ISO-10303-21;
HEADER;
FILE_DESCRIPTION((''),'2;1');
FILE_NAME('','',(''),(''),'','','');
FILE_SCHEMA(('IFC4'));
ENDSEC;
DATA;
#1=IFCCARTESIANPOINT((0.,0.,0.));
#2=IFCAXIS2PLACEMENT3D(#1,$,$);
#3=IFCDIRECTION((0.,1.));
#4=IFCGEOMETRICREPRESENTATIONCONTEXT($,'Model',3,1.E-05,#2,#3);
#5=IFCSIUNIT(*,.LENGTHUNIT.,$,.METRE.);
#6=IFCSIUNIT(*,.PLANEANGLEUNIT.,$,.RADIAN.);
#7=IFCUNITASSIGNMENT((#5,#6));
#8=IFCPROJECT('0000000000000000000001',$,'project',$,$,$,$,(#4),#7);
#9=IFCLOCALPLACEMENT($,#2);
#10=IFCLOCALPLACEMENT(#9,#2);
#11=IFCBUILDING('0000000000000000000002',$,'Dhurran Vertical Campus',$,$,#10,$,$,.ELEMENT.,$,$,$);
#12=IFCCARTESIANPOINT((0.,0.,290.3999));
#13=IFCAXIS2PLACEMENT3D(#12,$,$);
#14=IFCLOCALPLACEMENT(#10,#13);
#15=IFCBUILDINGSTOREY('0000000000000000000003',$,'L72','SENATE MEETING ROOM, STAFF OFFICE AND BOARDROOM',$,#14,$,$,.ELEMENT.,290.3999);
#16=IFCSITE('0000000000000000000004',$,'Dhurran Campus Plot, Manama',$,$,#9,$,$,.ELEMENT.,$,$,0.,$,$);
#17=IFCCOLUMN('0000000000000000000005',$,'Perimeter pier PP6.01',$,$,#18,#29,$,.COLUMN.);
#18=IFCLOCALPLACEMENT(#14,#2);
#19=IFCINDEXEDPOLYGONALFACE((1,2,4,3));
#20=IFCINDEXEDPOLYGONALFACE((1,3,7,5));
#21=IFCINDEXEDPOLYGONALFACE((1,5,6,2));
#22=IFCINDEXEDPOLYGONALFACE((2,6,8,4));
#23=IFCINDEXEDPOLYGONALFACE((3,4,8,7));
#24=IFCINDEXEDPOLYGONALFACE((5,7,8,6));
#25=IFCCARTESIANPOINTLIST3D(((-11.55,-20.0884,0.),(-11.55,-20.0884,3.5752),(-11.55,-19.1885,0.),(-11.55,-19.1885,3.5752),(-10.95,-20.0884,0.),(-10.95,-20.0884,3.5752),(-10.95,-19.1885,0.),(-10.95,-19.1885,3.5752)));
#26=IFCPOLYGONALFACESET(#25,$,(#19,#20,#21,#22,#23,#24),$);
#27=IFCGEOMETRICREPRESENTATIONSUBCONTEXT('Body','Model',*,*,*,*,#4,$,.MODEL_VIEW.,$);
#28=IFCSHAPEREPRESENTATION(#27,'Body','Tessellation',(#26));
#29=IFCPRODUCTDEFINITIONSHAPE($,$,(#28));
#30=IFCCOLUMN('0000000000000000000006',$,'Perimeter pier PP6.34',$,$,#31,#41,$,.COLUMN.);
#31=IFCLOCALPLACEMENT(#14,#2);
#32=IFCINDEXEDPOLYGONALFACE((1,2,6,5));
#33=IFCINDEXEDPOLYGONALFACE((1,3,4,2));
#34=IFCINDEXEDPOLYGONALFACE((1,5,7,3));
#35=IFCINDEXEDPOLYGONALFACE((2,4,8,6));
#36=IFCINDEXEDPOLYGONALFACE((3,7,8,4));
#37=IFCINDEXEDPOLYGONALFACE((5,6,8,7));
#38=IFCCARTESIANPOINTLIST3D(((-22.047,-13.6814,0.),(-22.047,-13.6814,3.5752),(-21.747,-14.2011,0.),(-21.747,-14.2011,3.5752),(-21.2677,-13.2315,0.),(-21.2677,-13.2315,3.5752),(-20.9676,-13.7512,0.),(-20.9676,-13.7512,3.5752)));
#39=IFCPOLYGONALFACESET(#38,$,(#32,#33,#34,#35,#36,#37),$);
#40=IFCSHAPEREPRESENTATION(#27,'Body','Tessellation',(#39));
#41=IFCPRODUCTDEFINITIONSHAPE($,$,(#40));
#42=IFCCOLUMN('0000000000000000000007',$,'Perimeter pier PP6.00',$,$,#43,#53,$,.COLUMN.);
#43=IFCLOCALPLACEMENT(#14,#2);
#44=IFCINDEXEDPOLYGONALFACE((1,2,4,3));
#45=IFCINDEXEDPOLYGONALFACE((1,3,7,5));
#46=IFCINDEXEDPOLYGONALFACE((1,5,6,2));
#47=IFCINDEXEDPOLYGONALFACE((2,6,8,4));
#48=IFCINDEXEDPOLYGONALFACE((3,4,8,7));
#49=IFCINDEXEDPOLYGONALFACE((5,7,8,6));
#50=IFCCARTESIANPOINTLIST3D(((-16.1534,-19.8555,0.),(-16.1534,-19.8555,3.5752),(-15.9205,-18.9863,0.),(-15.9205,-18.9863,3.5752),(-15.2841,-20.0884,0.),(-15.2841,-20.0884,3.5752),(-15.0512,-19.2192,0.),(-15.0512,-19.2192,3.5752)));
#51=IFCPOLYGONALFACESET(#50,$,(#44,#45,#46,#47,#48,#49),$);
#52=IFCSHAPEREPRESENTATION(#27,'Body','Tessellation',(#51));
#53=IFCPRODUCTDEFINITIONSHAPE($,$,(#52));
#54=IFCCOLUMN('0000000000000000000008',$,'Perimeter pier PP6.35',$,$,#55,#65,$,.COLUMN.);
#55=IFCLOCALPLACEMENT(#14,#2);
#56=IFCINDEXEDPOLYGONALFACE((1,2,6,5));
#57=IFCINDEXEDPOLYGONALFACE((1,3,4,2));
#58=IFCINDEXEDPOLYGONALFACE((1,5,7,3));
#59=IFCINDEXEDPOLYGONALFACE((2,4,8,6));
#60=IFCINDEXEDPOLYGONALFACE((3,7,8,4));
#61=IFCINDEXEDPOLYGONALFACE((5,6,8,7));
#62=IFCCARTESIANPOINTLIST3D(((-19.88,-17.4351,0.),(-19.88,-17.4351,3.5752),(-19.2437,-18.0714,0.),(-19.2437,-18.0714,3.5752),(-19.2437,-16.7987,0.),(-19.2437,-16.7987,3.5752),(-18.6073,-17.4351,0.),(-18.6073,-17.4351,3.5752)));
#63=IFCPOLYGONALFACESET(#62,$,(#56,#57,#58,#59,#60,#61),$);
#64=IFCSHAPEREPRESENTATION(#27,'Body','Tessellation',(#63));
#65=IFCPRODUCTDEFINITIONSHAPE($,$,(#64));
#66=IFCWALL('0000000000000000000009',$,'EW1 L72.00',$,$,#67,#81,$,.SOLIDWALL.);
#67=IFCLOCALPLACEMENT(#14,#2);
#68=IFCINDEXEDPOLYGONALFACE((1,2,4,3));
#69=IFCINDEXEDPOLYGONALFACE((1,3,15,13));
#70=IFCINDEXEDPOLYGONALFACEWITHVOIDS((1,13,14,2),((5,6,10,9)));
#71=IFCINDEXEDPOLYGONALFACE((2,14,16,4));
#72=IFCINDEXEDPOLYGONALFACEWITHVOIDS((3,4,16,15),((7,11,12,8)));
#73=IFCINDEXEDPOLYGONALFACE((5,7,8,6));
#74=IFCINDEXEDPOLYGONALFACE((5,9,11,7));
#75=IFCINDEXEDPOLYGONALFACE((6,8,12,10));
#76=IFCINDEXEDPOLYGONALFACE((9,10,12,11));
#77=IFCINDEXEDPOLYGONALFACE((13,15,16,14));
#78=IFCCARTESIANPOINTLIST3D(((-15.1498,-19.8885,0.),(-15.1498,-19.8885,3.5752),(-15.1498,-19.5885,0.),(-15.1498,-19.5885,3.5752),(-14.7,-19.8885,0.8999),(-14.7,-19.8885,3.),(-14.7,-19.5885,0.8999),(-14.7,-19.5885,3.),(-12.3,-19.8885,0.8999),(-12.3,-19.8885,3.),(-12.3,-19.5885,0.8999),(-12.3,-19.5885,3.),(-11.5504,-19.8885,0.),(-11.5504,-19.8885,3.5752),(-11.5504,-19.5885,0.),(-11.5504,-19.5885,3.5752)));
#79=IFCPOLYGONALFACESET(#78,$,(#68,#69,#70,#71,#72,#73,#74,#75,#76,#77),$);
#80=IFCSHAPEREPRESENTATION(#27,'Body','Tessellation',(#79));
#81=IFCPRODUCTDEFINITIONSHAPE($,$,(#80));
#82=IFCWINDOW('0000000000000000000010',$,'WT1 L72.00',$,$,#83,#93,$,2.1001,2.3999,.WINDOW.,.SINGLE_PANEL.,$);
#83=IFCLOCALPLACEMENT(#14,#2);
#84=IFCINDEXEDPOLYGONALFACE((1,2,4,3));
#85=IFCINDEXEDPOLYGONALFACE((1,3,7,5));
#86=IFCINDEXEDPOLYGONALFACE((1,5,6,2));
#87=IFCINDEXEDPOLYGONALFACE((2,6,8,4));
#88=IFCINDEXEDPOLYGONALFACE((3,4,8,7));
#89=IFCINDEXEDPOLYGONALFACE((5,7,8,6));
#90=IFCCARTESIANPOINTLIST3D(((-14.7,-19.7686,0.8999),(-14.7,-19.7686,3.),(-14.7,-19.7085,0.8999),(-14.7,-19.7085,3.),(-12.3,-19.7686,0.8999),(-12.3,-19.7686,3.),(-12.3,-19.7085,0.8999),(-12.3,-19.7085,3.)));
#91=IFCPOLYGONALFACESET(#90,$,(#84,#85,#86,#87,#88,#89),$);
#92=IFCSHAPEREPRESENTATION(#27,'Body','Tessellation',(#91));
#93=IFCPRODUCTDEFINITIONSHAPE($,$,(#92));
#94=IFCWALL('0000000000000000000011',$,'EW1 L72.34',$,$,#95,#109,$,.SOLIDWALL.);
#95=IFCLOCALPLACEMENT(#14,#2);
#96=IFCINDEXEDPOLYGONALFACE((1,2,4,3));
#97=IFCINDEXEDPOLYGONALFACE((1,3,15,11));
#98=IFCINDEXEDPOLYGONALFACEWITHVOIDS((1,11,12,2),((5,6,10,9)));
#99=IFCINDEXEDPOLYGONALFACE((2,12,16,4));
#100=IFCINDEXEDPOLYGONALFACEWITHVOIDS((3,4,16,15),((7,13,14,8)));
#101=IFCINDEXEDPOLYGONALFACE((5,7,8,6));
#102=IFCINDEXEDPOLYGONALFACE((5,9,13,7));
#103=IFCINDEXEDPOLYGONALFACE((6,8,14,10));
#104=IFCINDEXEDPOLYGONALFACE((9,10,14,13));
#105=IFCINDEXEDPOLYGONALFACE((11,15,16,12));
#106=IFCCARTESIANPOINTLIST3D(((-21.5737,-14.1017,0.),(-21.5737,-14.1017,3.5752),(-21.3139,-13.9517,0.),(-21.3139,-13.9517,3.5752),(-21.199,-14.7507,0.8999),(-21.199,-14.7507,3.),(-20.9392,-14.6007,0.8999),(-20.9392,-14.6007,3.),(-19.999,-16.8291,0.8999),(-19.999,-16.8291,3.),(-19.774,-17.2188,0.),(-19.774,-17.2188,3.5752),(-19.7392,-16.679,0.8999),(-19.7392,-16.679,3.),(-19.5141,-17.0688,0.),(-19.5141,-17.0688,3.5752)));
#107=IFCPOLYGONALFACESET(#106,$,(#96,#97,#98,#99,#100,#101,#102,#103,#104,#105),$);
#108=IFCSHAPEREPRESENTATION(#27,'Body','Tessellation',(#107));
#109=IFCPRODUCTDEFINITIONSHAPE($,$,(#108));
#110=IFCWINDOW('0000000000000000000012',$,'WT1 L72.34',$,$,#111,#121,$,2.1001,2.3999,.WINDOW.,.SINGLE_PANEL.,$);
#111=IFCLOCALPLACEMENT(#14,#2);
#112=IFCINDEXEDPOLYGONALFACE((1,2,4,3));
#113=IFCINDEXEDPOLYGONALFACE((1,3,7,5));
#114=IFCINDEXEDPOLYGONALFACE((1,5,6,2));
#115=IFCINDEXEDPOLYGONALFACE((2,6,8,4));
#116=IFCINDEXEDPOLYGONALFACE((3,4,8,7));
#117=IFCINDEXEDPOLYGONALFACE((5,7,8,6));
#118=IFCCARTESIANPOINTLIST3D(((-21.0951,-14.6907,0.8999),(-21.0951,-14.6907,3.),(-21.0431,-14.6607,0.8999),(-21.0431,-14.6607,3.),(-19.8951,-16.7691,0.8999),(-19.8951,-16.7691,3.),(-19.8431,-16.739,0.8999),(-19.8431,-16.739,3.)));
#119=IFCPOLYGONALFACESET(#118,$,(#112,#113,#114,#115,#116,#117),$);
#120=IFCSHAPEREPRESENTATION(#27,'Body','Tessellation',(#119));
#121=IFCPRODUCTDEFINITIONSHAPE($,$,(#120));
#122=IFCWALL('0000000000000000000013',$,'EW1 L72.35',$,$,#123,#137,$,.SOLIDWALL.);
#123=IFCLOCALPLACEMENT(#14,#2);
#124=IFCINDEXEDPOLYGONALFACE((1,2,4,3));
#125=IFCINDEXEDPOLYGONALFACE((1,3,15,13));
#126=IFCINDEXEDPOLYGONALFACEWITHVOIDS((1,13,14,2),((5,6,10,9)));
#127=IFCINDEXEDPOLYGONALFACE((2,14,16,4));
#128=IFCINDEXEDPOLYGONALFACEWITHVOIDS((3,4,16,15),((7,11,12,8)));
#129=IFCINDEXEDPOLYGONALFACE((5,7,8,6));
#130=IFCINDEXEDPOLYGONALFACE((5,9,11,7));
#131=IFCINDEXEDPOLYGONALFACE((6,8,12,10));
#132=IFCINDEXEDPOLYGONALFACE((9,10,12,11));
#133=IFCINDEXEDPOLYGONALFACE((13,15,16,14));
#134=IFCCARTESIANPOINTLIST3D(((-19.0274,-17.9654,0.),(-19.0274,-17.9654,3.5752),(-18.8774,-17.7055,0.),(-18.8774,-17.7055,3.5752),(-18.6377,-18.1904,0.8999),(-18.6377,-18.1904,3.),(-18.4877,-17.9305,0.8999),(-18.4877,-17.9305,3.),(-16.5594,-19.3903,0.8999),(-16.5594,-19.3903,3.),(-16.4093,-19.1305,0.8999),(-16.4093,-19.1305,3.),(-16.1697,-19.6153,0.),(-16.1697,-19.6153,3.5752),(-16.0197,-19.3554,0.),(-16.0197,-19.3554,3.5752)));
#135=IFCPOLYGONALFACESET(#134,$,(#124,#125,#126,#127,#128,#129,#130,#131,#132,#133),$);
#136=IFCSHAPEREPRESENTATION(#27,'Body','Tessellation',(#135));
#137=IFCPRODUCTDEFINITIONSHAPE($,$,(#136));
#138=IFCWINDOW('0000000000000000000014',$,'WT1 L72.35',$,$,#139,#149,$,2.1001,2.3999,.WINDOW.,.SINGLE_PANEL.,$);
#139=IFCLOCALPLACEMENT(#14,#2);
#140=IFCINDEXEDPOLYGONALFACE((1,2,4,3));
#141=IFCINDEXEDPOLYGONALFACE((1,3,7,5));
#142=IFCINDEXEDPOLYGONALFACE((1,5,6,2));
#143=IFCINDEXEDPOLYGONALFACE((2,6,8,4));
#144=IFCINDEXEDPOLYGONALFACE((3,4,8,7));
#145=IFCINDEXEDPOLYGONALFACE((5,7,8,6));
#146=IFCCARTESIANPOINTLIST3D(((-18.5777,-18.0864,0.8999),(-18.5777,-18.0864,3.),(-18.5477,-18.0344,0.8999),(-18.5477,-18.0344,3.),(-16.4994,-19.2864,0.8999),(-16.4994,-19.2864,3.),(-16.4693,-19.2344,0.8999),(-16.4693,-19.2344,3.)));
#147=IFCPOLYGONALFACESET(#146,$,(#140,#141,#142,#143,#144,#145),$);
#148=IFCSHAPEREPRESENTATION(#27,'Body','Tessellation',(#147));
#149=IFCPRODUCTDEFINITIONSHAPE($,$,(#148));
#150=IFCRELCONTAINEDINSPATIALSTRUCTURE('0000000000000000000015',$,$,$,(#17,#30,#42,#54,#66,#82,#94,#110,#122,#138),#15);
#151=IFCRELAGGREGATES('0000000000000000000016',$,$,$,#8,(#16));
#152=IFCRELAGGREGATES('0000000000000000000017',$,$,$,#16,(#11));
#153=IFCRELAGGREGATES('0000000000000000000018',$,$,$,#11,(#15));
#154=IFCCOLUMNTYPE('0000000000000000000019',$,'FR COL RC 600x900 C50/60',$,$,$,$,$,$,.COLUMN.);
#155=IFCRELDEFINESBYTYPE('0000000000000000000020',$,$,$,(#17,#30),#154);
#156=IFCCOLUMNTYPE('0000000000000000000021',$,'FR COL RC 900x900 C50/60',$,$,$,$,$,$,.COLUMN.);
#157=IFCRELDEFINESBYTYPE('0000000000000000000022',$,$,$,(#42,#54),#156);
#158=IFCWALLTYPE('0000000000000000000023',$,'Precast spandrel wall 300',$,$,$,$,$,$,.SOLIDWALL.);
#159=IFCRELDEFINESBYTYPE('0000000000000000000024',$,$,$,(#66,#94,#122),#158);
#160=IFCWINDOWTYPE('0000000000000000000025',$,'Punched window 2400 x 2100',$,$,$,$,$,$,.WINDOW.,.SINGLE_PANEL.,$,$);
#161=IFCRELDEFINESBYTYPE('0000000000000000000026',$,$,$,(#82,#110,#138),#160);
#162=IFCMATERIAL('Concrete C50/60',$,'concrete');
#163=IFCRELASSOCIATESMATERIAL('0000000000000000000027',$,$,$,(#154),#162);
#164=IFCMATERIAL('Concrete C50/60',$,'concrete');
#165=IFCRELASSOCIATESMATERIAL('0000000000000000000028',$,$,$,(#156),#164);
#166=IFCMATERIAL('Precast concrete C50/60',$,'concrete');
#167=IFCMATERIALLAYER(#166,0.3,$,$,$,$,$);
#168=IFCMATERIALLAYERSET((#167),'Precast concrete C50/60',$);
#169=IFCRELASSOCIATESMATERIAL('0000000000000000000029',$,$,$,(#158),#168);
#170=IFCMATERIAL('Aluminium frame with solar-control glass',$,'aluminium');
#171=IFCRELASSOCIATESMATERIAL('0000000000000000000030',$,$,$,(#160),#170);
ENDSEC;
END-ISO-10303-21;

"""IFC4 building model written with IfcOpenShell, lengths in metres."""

from ifc_helpers import new_model, si_unit, direction, frame, frame_2d, origin, origin_2d, place, context, subcontext, project, spatial, rectangle, extrude, material, layer, layer_set, material_profile, profile_set, type_object, element, fill, save


model = new_model("IFC4")

# Units and contexts
model_context = context("Model", 3, precision=1e-05, world=origin(), true_north=direction((0.0, 1.0)))
body_context = subcontext(model_context, "Body", "Model", "MODEL_VIEW")
ifc_project = project(units=[si_unit("LENGTHUNIT", "METRE"), si_unit("PLANEANGLEUNIT", "RADIAN")], contexts=[model_context])

# Site, building, storey
site_placement = place(None, origin())
site = spatial("IfcSite", under=ifc_project, at=site_placement, Name="Dhurran Campus Plot, Manama", CompositionType="ELEMENT", RefElevation=0.0)
building_placement = place(site_placement, origin())
building = spatial("IfcBuilding", under=site, at=building_placement, Name="Dhurran Vertical Campus", CompositionType="ELEMENT")
storey_placement = place(building_placement, frame((0.0, 0.0, 290.3999)))
storey = spatial("IfcBuildingStorey", under=building, at=storey_placement, Name="L72", Description="SENATE MEETING ROOM, STAFF OFFICE AND BOARDROOM", CompositionType="ELEMENT", Elevation=290.3999)

# Columns
ifc_material_1 = material(Name="Concrete C50/60", Category="concrete")
ifc_material_profile_1 = material_profile(ifc_material_1, rectangle(XDim=0.6001, YDim=0.8999, at=origin_2d()), Name="RC 600x900")
ifc_profile_set_1 = profile_set([ifc_material_profile_1], Name="Concrete C50/60")
column_type_1 = type_object("IfcColumnType", Name="FR COL RC 600x900 C50/60", PredefinedType="COLUMN", material=ifc_profile_set_1)
for number, where, z_axis, x_axis, name in (
    (1, (-11.25, -19.6384, 0.0), (0.0, 0.0, 1.0), (1.0, 0.0, 0.0), "Perimeter pier PP6.01"),
    (2, (-21.5073, -13.7163, 0.0), (0.0, 0.0, 1.0), (0.5, -0.866025, 0.0), "Perimeter pier PP6.34"),
):
    element("IfcColumn", number, at=place(storey_placement, frame(where, z_axis=z_axis, x_axis=x_axis)), inside=storey, type_object=column_type_1, Name=name, PredefinedType="COLUMN", context=body_context, shape_type="SweptSolid", body=[
        extrude(rectangle(XDim=0.6001, YDim=0.8999, at=origin_2d()), origin(), (0.0, 0.0, 1.0), 3.5752),
    ])
ifc_material_2 = material(Name="Concrete C50/60", Category="concrete")
ifc_material_profile_2 = material_profile(ifc_material_2, rectangle(XDim=0.8999, YDim=0.8999, at=origin_2d()), Name="RC 900x900")
ifc_profile_set_2 = profile_set([ifc_material_profile_2], Name="Concrete C50/60")
column_type_2 = type_object("IfcColumnType", Name="FR COL RC 900x900 C50/60", PredefinedType="COLUMN", material=ifc_profile_set_2)
for number, where, z_axis, x_axis, name in (
    (3, (-15.6023, -19.5374, 0.0), (0.0, 0.0, 1.0), (0.965926, -0.258819, 0.0), "Perimeter pier PP6.00"),
    (4, (-19.2437, -17.4351, 0.0), (0.0, 0.0, 1.0), (0.707107, -0.707107, 0.0), "Perimeter pier PP6.35"),
):
    element("IfcColumn", number, at=place(storey_placement, frame(where, z_axis=z_axis, x_axis=x_axis)), inside=storey, type_object=column_type_2, Name=name, PredefinedType="COLUMN", context=body_context, shape_type="SweptSolid", body=[
        extrude(rectangle(XDim=0.8999, YDim=0.8999, at=origin_2d()), origin(), (0.0, 0.0, 1.0), 3.5752),
    ])

# Walls, openings, windows
ifc_material_3 = material(Name="Precast concrete C50/60", Category="concrete")
ifc_layer_1 = layer(ifc_material_3, 0.3)
ifc_layer_set_1 = layer_set([ifc_layer_1], Name="Precast concrete C50/60")
wall_type_1 = type_object("IfcWallType", Name="Precast spandrel wall 300", PredefinedType="SOLIDWALL", material=ifc_layer_set_1)
wall_1_placement = place(storey_placement, frame((-15.1499, -19.7385, 0.0), z_axis=(0.0, 0.0, 1.0), x_axis=(1.0, 0.0, 0.0)))
wall_1 = element("IfcWall", 5, at=wall_1_placement, inside=storey, type_object=wall_type_1, Name="EW1 L72.00", PredefinedType="SOLIDWALL", context=body_context, shape_type="SweptSolid", body=[
    extrude(rectangle(XDim=3.5994, YDim=0.3, at=frame_2d((1.7998, 0.0))), origin(), (0.0, 0.0, 1.0), 3.5752),
])
opening_1_placement = place(wall_1_placement, frame((0.45, 0.0, 0.8999)))
opening_1 = element("IfcOpeningElement", 6, at=opening_1_placement, cuts=wall_1, PredefinedType="OPENING", context=body_context, shape_type="SweptSolid", body=[
    extrude(rectangle(XDim=2.3999, YDim=2.1001, at=frame_2d((1.2, 1.05))), frame((0.0, 0.1599, 0.0), z_axis=(0.0, -1.0, 0.0), x_axis=(1.0, 0.0, 0.0)), (0.0, 0.0, 1.0), 0.3201),
])
ifc_material_4 = material(Name="Aluminium frame with solar-control glass", Category="aluminium")
window_type = type_object("IfcWindowType", Name="Punched window 2400 x 2100", PartitioningType="SINGLE_PANEL", PredefinedType="WINDOW", material=ifc_material_4)
window_1_placement = place(opening_1_placement, origin())
window_1 = element("IfcWindow", 7, at=window_1_placement, inside=storey, type_object=window_type, Name="WT1 L72.00", OverallHeight=2.1001, OverallWidth=2.3999, PartitioningType="SINGLE_PANEL", PredefinedType="WINDOW", context=body_context, shape_type="SweptSolid", body=[
    extrude(rectangle(XDim=2.3999, YDim=2.1001, at=frame_2d((1.2, 1.05))), frame((0.0, 0.03, 0.0), z_axis=(0.0, -1.0, 0.0), x_axis=(1.0, 0.0, 0.0)), (0.0, 0.0, 1.0), 0.0601),
])
fill(opening_1, window_1)
wall_2_placement = place(storey_placement, frame((-21.4438, -14.0266, 0.0), z_axis=(0.0, 0.0, 1.0), x_axis=(0.50002, -0.866014, 0.0)))
wall_2 = element("IfcWall", 8, at=wall_2_placement, inside=storey, type_object=wall_type_1, Name="EW1 L72.34", PredefinedType="SOLIDWALL", context=body_context, shape_type="SweptSolid", body=[
    extrude(rectangle(XDim=3.5994, YDim=0.3, at=frame_2d((1.7998, 0.0))), origin(), (0.0, 0.0, 1.0), 3.5752),
])
opening_2_placement = place(wall_2_placement, frame((0.7495, 0.0, 0.8999)))
opening_2 = element("IfcOpeningElement", 9, at=opening_2_placement, cuts=wall_2, PredefinedType="OPENING", context=body_context, shape_type="SweptSolid", body=[
    extrude(rectangle(XDim=2.3999, YDim=2.1001, at=frame_2d((1.2, 1.05))), frame((0.0, 0.1599, 0.0), z_axis=(0.0, -1.0, 0.0), x_axis=(1.0, 0.0, 0.0)), (0.0, 0.0, 1.0), 0.3201),
])
window_2_placement = place(opening_2_placement, origin())
window_2 = element("IfcWindow", 10, at=window_2_placement, inside=storey, type_object=window_type, Name="WT1 L72.34", OverallHeight=2.1001, OverallWidth=2.3999, PartitioningType="SINGLE_PANEL", PredefinedType="WINDOW", context=body_context, shape_type="SweptSolid", body=[
    extrude(rectangle(XDim=2.3999, YDim=2.1001, at=frame_2d((1.2, 1.05))), frame((0.0, 0.03, 0.0), z_axis=(0.0, -1.0, 0.0), x_axis=(1.0, 0.0, 0.0)), (0.0, 0.0, 1.0), 0.0601),
])
fill(opening_2, window_2)
wall_3_placement = place(storey_placement, frame((-18.9524, -17.8354, 0.0), z_axis=(0.0, 0.0, 1.0), x_axis=(0.866022, -0.500006, 0.0)))
wall_3 = element("IfcWall", 11, at=wall_3_placement, inside=storey, type_object=wall_type_1, Name="EW1 L72.35", PredefinedType="SOLIDWALL", context=body_context, shape_type="SweptSolid", body=[
    extrude(rectangle(XDim=3.2998, YDim=0.3, at=frame_2d((1.6499, 0.0))), origin(), (0.0, 0.0, 1.0), 3.5752),
])
opening_3_placement = place(wall_3_placement, frame((0.45, 0.0, 0.8999)))
opening_3 = element("IfcOpeningElement", 12, at=opening_3_placement, cuts=wall_3, PredefinedType="OPENING", context=body_context, shape_type="SweptSolid", body=[
    extrude(rectangle(XDim=2.3999, YDim=2.1001, at=frame_2d((1.2, 1.05))), frame((0.0, 0.1599, 0.0), z_axis=(0.0, -1.0, 0.0), x_axis=(1.0, 0.0, 0.0)), (0.0, 0.0, 1.0), 0.3201),
])
window_3_placement = place(opening_3_placement, origin())
window_3 = element("IfcWindow", 13, at=window_3_placement, inside=storey, type_object=window_type, Name="WT1 L72.35", OverallHeight=2.1001, OverallWidth=2.3999, PartitioningType="SINGLE_PANEL", PredefinedType="WINDOW", context=body_context, shape_type="SweptSolid", body=[
    extrude(rectangle(XDim=2.3999, YDim=2.1001, at=frame_2d((1.2, 1.05))), frame((0.0, 0.03, 0.0), z_axis=(0.0, -1.0, 0.0), x_axis=(1.0, 0.0, 0.0)), (0.0, 0.0, 1.0), 0.0601),
])
fill(opening_3, window_3)

save(model, "model.ifc")
